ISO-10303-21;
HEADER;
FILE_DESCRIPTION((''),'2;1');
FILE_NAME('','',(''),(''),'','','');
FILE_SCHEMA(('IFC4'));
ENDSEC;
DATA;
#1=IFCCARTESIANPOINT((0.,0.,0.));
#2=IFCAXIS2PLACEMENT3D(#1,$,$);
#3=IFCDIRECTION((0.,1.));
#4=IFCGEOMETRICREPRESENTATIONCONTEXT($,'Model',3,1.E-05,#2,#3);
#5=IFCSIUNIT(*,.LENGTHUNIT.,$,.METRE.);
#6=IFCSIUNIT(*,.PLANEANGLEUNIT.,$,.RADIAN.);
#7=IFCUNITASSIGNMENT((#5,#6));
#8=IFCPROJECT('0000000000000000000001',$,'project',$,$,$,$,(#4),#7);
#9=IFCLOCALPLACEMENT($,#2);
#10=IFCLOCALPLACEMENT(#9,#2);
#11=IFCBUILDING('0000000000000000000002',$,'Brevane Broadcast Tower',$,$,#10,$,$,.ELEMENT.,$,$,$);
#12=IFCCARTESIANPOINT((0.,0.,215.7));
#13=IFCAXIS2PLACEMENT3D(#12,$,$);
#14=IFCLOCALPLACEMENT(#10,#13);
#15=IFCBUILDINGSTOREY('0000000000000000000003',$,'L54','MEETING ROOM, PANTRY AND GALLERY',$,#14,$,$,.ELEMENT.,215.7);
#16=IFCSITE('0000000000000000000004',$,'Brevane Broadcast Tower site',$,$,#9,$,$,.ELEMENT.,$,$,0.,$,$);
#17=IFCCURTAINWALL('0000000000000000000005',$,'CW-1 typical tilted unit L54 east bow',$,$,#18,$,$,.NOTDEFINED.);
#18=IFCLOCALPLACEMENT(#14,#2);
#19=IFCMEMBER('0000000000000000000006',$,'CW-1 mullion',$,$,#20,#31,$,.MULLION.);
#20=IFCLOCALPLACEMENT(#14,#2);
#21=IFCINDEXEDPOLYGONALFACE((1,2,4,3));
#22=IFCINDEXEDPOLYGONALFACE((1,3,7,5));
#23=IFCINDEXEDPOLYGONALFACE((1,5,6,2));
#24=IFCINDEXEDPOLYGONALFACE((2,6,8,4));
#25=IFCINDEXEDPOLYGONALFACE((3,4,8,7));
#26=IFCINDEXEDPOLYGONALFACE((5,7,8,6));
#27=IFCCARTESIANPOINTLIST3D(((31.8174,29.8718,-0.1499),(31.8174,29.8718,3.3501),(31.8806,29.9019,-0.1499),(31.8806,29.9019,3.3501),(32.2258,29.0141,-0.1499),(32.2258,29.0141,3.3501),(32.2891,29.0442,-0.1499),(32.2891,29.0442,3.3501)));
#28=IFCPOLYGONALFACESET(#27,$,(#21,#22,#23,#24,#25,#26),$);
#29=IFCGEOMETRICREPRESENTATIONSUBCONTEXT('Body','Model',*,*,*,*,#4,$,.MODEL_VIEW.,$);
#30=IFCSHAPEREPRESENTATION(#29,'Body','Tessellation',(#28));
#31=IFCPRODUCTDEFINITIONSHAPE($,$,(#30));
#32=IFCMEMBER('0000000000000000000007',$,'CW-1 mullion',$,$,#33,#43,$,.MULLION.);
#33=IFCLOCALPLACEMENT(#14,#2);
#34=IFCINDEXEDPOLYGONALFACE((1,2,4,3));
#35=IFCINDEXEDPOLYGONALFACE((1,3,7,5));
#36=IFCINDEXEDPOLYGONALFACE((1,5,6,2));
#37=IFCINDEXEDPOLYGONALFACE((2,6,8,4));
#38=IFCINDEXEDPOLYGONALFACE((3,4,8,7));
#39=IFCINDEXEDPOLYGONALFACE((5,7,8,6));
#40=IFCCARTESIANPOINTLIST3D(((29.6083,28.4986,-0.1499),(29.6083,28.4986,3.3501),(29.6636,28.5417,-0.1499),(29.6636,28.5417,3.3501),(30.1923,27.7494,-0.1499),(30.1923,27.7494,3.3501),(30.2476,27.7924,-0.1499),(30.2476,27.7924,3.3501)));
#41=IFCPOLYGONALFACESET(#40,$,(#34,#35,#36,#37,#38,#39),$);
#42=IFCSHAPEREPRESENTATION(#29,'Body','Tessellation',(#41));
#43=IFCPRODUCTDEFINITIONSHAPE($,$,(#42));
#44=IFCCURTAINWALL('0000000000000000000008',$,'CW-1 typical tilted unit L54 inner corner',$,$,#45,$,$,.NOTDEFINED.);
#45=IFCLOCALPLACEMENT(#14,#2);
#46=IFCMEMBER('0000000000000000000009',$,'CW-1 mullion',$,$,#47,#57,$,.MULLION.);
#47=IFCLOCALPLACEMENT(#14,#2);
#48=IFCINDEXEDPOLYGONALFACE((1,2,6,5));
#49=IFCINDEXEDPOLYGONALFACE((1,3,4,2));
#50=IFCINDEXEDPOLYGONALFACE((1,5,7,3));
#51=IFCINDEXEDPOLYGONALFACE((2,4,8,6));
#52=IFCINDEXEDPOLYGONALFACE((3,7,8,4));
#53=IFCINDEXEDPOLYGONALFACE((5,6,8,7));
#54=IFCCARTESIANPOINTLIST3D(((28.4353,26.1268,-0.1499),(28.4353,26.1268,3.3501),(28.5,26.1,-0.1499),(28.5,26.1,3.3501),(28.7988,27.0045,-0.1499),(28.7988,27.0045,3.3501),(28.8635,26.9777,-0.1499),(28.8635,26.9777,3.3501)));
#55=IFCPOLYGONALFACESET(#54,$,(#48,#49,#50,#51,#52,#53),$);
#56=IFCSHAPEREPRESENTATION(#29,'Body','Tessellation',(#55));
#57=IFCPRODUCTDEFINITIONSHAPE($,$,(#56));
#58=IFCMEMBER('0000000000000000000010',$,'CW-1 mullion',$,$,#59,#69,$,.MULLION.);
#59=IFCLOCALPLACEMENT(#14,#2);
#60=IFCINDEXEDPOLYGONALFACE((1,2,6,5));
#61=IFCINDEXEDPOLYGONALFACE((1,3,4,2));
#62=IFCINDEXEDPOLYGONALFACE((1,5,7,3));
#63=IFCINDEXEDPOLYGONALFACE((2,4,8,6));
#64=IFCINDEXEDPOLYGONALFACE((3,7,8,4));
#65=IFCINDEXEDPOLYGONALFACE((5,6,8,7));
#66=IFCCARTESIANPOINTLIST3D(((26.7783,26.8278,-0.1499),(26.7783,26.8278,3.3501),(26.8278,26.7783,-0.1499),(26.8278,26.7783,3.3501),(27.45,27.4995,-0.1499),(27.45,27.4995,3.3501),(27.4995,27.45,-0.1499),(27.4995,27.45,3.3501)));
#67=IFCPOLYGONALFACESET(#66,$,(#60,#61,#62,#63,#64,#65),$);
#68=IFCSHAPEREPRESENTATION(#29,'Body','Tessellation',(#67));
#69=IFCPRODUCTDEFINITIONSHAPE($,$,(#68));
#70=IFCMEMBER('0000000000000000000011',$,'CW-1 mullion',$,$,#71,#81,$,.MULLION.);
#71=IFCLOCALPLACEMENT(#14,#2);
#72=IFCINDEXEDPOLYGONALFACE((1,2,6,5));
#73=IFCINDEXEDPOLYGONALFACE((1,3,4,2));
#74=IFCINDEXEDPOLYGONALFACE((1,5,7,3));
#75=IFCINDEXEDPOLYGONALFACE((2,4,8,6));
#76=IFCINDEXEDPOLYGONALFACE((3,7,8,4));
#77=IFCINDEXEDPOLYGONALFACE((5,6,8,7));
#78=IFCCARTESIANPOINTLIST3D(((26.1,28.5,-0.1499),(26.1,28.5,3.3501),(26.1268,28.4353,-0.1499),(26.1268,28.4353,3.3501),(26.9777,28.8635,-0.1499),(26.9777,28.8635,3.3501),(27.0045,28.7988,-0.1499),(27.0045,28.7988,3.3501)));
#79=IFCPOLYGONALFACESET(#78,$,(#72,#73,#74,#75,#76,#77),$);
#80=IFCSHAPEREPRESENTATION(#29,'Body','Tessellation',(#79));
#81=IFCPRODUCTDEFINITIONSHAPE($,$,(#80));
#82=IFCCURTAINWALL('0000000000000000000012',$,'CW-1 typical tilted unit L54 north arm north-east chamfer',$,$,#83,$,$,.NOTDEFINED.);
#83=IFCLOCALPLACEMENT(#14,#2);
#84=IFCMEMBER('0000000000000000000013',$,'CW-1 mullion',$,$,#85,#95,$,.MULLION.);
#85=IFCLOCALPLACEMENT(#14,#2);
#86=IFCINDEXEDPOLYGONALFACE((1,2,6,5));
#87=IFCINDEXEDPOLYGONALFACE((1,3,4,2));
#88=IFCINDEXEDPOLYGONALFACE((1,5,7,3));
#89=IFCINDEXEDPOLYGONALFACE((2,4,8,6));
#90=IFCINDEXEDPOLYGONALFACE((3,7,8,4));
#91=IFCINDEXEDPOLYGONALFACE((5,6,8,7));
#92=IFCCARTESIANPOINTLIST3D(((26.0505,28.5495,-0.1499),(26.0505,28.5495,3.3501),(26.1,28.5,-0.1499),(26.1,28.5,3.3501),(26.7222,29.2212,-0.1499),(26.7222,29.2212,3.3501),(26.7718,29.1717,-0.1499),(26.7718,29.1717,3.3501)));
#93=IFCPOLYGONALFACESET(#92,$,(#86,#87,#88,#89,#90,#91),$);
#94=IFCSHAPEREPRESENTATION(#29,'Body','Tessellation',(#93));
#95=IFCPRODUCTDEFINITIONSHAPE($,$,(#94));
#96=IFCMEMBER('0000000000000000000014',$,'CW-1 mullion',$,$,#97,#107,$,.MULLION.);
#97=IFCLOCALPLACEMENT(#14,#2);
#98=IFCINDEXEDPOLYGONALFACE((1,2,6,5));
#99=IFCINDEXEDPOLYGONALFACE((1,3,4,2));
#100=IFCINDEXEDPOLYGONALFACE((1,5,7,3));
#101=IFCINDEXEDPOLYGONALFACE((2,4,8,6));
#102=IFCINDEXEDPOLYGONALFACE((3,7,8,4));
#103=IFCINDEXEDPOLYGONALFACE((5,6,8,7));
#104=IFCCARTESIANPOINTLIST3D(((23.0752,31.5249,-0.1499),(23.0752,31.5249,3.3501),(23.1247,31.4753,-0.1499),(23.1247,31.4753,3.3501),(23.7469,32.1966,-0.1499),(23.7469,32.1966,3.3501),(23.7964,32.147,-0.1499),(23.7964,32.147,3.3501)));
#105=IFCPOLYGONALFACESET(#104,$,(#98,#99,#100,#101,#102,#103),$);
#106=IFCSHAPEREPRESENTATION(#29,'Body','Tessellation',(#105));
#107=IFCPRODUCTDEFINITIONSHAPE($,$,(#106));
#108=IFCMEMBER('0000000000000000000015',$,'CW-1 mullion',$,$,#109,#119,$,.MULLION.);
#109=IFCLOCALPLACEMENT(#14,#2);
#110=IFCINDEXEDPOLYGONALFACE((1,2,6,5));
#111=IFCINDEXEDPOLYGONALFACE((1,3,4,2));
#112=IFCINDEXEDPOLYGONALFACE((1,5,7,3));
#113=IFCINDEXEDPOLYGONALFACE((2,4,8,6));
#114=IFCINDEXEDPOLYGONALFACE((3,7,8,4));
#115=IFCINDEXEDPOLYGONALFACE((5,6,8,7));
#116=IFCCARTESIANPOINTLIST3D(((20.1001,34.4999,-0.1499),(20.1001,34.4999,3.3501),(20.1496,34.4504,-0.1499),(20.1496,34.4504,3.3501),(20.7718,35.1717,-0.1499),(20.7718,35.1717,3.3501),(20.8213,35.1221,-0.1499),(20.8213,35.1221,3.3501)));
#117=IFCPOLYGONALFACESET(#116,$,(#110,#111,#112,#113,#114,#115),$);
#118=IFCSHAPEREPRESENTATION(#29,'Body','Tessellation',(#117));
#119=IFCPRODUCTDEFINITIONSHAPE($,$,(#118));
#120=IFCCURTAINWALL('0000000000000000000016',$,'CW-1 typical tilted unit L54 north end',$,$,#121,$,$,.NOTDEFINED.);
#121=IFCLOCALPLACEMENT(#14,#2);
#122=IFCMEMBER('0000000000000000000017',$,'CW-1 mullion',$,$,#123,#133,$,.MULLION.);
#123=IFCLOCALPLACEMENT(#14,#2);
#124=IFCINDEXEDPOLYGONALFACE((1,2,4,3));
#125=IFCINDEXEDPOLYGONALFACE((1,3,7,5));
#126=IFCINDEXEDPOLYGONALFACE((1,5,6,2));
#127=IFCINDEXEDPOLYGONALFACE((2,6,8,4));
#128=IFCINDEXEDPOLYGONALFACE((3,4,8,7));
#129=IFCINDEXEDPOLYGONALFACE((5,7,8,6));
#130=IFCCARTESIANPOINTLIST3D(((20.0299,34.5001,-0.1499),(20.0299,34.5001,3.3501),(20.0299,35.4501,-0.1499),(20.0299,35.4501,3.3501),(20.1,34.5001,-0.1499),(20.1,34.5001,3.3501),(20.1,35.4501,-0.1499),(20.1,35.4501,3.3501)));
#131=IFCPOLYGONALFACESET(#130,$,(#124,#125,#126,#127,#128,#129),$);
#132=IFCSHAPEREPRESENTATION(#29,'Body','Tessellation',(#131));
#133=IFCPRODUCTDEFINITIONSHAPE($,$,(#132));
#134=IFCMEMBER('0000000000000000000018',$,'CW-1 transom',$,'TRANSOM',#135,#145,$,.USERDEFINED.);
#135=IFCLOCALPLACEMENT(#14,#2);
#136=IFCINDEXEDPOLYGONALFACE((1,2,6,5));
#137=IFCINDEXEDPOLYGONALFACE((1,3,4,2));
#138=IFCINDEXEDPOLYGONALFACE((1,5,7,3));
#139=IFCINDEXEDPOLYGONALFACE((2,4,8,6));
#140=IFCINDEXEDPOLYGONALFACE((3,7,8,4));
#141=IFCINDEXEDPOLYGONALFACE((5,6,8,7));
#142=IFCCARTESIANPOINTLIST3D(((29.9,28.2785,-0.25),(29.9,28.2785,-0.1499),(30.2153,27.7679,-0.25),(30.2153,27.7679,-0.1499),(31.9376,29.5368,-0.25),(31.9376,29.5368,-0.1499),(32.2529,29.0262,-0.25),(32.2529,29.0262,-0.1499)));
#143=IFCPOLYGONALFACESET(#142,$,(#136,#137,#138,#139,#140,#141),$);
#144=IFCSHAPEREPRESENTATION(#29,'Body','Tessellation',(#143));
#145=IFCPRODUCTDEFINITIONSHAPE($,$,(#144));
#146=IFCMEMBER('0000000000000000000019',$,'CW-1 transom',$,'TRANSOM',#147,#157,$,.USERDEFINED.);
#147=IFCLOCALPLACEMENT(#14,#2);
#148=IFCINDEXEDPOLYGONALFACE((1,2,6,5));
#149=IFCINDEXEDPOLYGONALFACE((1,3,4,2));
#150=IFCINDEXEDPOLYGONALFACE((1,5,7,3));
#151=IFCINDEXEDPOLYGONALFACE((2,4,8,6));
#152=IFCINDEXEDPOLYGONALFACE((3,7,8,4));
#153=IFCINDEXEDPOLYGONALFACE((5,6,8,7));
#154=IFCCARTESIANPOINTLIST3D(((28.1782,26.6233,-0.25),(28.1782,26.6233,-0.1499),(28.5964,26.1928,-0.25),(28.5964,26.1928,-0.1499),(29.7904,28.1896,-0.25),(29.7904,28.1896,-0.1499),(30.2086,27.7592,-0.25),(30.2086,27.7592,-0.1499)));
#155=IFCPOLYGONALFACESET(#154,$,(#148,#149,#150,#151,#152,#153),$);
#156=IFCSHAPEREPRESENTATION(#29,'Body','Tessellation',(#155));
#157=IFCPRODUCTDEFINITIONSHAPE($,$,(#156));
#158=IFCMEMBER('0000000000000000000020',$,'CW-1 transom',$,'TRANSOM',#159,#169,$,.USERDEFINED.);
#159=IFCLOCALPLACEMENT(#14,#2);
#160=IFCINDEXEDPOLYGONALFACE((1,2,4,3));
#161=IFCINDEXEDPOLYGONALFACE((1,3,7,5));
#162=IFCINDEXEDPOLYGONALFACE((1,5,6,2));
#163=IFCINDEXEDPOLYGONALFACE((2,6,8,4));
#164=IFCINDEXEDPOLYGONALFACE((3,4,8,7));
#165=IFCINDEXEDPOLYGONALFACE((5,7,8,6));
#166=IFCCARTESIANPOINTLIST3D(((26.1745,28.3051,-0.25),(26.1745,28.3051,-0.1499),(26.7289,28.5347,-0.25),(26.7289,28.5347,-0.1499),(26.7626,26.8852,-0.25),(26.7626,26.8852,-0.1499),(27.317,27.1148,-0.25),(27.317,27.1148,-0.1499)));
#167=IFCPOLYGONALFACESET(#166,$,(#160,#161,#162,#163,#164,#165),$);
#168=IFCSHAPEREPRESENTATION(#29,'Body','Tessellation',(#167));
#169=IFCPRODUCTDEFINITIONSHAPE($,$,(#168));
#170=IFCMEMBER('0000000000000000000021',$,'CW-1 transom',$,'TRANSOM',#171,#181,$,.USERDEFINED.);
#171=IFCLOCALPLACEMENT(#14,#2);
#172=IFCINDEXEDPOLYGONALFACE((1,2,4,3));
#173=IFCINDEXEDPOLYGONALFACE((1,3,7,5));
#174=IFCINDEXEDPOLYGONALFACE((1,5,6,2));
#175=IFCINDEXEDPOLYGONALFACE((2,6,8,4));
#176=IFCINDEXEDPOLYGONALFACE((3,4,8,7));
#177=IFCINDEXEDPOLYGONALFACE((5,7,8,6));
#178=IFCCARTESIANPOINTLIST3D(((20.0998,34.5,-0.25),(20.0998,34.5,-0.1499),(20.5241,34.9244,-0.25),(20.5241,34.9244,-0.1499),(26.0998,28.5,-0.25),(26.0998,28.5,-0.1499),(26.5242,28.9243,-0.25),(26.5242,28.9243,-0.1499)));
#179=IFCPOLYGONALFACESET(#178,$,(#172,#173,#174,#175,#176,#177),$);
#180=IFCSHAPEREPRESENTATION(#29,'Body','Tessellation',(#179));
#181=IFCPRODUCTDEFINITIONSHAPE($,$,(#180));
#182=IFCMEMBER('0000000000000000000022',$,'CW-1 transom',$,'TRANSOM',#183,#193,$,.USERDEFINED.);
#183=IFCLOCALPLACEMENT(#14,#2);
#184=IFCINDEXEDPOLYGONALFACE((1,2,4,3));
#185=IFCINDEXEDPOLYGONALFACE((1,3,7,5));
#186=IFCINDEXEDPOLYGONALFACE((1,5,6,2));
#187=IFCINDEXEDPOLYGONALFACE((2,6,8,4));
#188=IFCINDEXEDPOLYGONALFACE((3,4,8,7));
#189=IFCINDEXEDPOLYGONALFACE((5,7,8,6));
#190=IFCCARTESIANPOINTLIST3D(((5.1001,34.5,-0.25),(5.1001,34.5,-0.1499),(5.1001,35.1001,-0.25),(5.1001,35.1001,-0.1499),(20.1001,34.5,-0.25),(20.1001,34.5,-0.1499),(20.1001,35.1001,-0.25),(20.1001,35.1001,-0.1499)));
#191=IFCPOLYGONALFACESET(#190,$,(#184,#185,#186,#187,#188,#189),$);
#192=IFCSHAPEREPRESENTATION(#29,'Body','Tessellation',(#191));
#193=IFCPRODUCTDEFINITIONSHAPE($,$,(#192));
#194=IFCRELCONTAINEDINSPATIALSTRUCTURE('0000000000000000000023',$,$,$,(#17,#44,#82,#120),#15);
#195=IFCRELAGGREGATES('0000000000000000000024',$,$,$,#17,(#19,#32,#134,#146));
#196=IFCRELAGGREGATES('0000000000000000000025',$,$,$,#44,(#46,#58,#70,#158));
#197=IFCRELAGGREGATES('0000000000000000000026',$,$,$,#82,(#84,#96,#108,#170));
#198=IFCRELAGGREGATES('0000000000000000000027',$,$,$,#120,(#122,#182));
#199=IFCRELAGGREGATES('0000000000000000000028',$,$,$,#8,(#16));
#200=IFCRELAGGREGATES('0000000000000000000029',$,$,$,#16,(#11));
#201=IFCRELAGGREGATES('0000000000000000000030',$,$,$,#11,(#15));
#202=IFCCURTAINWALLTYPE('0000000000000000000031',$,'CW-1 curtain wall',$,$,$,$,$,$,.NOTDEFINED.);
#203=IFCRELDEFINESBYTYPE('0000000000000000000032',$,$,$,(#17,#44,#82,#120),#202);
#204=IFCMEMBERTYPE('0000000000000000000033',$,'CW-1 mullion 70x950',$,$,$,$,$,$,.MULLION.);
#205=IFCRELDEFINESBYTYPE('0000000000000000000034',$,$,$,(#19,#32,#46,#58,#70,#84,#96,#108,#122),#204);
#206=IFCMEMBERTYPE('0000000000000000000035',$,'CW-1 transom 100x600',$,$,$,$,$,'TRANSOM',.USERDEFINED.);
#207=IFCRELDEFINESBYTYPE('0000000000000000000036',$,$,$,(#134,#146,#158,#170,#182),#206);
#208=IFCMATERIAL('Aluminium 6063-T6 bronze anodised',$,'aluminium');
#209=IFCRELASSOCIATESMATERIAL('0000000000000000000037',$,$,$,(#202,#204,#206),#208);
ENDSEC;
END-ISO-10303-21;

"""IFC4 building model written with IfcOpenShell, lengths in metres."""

from ifc_helpers import new_model, si_unit, direction, frame, origin, origin_2d, place, context, subcontext, project, spatial, rectangle, extrude, material, material_profile, profile_set, type_object, element, aggregate, save


model = new_model("IFC4")

# Units and contexts
model_context = context("Model", 3, precision=1e-05, world=origin(), true_north=direction((0.0, 1.0)))
body_context = subcontext(model_context, "Body", "Model", "MODEL_VIEW")
ifc_project = project(units=[si_unit("LENGTHUNIT", "METRE"), si_unit("PLANEANGLEUNIT", "RADIAN")], contexts=[model_context])

# Site, building, storey
site_placement = place(None, origin())
site = spatial("IfcSite", under=ifc_project, at=site_placement, Name="Brevane Broadcast Tower site", CompositionType="ELEMENT", RefElevation=0.0)
building_placement = place(site_placement, origin())
building = spatial("IfcBuilding", under=site, at=building_placement, Name="Brevane Broadcast Tower", CompositionType="ELEMENT")
storey_placement = place(building_placement, frame((0.0, 0.0, 215.7)))
storey = spatial("IfcBuildingStorey", under=building, at=storey_placement, Name="L54", Description="MEETING ROOM, PANTRY AND GALLERY", CompositionType="ELEMENT", Elevation=215.7)

# Curtain walls, members
ifc_material_1 = material(Name="Aluminium 6063-T6 bronze anodised", Category="aluminium")
curtain_wall_type = type_object("IfcCurtainWallType", Name="CW-1 curtain wall", PredefinedType="NOTDEFINED", material=ifc_material_1)
curtain_wall_1_placement = place(storey_placement, origin())
curtain_wall_1 = element("IfcCurtainWall", 1, at=curtain_wall_1_placement, inside=storey, type_object=curtain_wall_type, Name="CW-1 typical tilted unit L54 east bow", PredefinedType="NOTDEFINED")
ifc_material_profile_1 = material_profile(ifc_material_1, rectangle(XDim=0.95, YDim=0.0701, at=origin_2d()), Name="RECT 70x950")
ifc_profile_set_1 = profile_set([ifc_material_profile_1], Name="Aluminium 6063-T6 bronze anodised")
member_type_1 = type_object("IfcMemberType", Name="CW-1 mullion 70x950", PredefinedType="MULLION", material=ifc_profile_set_1)
member_1_placement = place(storey_placement, frame((32.0532, 29.458, -0.1499), z_axis=(0.0, 0.0, 1.0), x_axis=(0.429934, -0.902861, 0.0)))
member_1 = element("IfcMember", 2, at=member_1_placement, type_object=member_type_1, Name="CW-1 mullion", PredefinedType="MULLION", context=body_context, shape_type="SweptSolid", body=[
    extrude(rectangle(XDim=0.95, YDim=0.0701, at=origin_2d()), origin(), (0.0, 0.0, 1.0), 3.5),
])
member_2_placement = place(storey_placement, frame((29.928, 28.1455, -0.1499), z_axis=(0.0, 0.0, 1.0), x_axis=(0.61477, -0.788707, 0.0)))
member_2 = element("IfcMember", 3, at=member_2_placement, type_object=member_type_1, Name="CW-1 mullion", PredefinedType="MULLION", context=body_context, shape_type="SweptSolid", body=[
    extrude(rectangle(XDim=0.95, YDim=0.0701, at=origin_2d()), origin(), (0.0, 0.0, 1.0), 3.5),
])
curtain_wall_2_placement = place(storey_placement, origin())
curtain_wall_2 = element("IfcCurtainWall", 4, at=curtain_wall_2_placement, inside=storey, type_object=curtain_wall_type, Name="CW-1 typical tilted unit L54 inner corner", PredefinedType="NOTDEFINED")
member_3_placement = place(storey_placement, frame((28.6494, 26.5522, -0.1499), z_axis=(0.0, 0.0, 1.0), x_axis=(-0.382683, -0.92388, 0.0)))
member_3 = element("IfcMember", 5, at=member_3_placement, type_object=member_type_1, Name="CW-1 mullion", PredefinedType="MULLION", context=body_context, shape_type="SweptSolid", body=[
    extrude(rectangle(XDim=0.95, YDim=0.0701, at=origin_2d()), origin(), (0.0, 0.0, 1.0), 3.5),
])
member_4_placement = place(storey_placement, frame((27.1389, 27.1389, -0.1499), z_axis=(0.0, 0.0, 1.0), x_axis=(-0.707107, -0.707107, 0.0)))
member_4 = element("IfcMember", 6, at=member_4_placement, type_object=member_type_1, Name="CW-1 mullion", PredefinedType="MULLION", context=body_context, shape_type="SweptSolid", body=[
    extrude(rectangle(XDim=0.95, YDim=0.0701, at=origin_2d()), origin(), (0.0, 0.0, 1.0), 3.5),
])
member_5_placement = place(storey_placement, frame((26.5522, 28.6494, -0.1499), z_axis=(0.0, 0.0, 1.0), x_axis=(-0.92388, -0.382683, 0.0)))
member_5 = element("IfcMember", 7, at=member_5_placement, type_object=member_type_1, Name="CW-1 mullion", PredefinedType="MULLION", context=body_context, shape_type="SweptSolid", body=[
    extrude(rectangle(XDim=0.95, YDim=0.0701, at=origin_2d()), origin(), (0.0, 0.0, 1.0), 3.5),
])
curtain_wall_3_placement = place(storey_placement, origin())
curtain_wall_3 = element("IfcCurtainWall", 8, at=curtain_wall_3_placement, inside=storey, type_object=curtain_wall_type, Name="CW-1 typical tilted unit L54 north arm north-east chamfer", PredefinedType="NOTDEFINED")
member_6_placement = place(storey_placement, frame((26.4111, 28.8606, -0.1499), z_axis=(0.0, 0.0, 1.0), x_axis=(-0.707107, -0.707107, 0.0)))
member_6 = element("IfcMember", 9, at=member_6_placement, type_object=member_type_1, Name="CW-1 mullion", PredefinedType="MULLION", context=body_context, shape_type="SweptSolid", body=[
    extrude(rectangle(XDim=0.95, YDim=0.0701, at=origin_2d()), origin(), (0.0, 0.0, 1.0), 3.5),
])
member_7_placement = place(storey_placement, frame((23.4358, 31.8359, -0.1499), z_axis=(0.0, 0.0, 1.0), x_axis=(-0.707107, -0.707107, 0.0)))
member_7 = element("IfcMember", 10, at=member_7_placement, type_object=member_type_1, Name="CW-1 mullion", PredefinedType="MULLION", context=body_context, shape_type="SweptSolid", body=[
    extrude(rectangle(XDim=0.95, YDim=0.0701, at=origin_2d()), origin(), (0.0, 0.0, 1.0), 3.5),
])
member_8_placement = place(storey_placement, frame((20.4607, 34.811, -0.1499), z_axis=(0.0, 0.0, 1.0), x_axis=(-0.707107, -0.707107, 0.0)))
member_8 = element("IfcMember", 11, at=member_8_placement, type_object=member_type_1, Name="CW-1 mullion", PredefinedType="MULLION", context=body_context, shape_type="SweptSolid", body=[
    extrude(rectangle(XDim=0.95, YDim=0.0701, at=origin_2d()), origin(), (0.0, 0.0, 1.0), 3.5),
])

# Curtain wall, member
curtain_wall_4_placement = place(storey_placement, origin())
curtain_wall_4 = element("IfcCurtainWall", 12, at=curtain_wall_4_placement, inside=storey, type_object=curtain_wall_type, Name="CW-1 typical tilted unit L54 north end", PredefinedType="NOTDEFINED")
member_9_placement = place(storey_placement, frame((20.0649, 34.9751, -0.1499), z_axis=(0.0, 0.0, 1.0), x_axis=(0.0, -1.0, 0.0)))
member_9 = element("IfcMember", 13, at=member_9_placement, type_object=member_type_1, Name="CW-1 mullion", PredefinedType="MULLION", context=body_context, shape_type="SweptSolid", body=[
    extrude(rectangle(XDim=0.95, YDim=0.0701, at=origin_2d()), origin(), (0.0, 0.0, 1.0), 3.5),
])

# Members
ifc_material_profile_2 = material_profile(ifc_material_1, rectangle(XDim=0.6001, YDim=0.1001, at=origin_2d()), Name="RECT 100x600")
ifc_profile_set_2 = profile_set([ifc_material_profile_2], Name="Aluminium 6063-T6 bronze anodised")
member_type_2 = type_object("IfcMemberType", Name="CW-1 transom 100x600", ElementType="TRANSOM", PredefinedType="USERDEFINED", material=ifc_profile_set_2)
member_10_placement = place(storey_placement, frame((32.0952, 29.2815, -0.2), z_axis=(-0.850838, -0.525428, 0.0), x_axis=(0.525428, -0.850838, 0.0)))
member_10 = element("IfcMember", 14, at=member_10_placement, type_object=member_type_2, Name="CW-1 transom", ObjectType="TRANSOM", PredefinedType="USERDEFINED", context=body_context, shape_type="SweptSolid", body=[
    extrude(rectangle(XDim=0.6001, YDim=0.1001, at=origin_2d()), origin(), (0.0, 0.0, 1.0), 2.3948),
])
member_11_placement = place(storey_placement, frame((29.9995, 27.9744, -0.2), z_axis=(-0.717242, -0.696824, 0.0), x_axis=(0.696824, -0.717242, 0.0)))
member_11 = element("IfcMember", 15, at=member_11_placement, type_object=member_type_2, Name="CW-1 transom", ObjectType="TRANSOM", PredefinedType="USERDEFINED", context=body_context, shape_type="SweptSolid", body=[
    extrude(rectangle(XDim=0.6001, YDim=0.1001, at=origin_2d()), origin(), (0.0, 0.0, 1.0), 2.2478),
])
aggregate(curtain_wall_1, [member_1, member_2, member_10, member_11])
member_12_placement = place(storey_placement, frame((27.0398, 27.0, -0.2), z_axis=(-0.382674, 0.923883, 0.0), x_axis=(-0.923883, -0.382674, 0.0)))
member_12 = element("IfcMember", 16, at=member_12_placement, type_object=member_type_2, Name="CW-1 transom", ObjectType="TRANSOM", PredefinedType="USERDEFINED", context=body_context, shape_type="SweptSolid", body=[
    extrude(rectangle(XDim=0.6001, YDim=0.1001, at=origin_2d()), origin(), (0.0, 0.0, 1.0), 1.5369),
])
aggregate(curtain_wall_2, [member_3, member_4, member_5, member_12])
member_13_placement = place(storey_placement, frame((26.312, 28.7122, -0.2), z_axis=(-0.707107, 0.707107, 0.0), x_axis=(-0.707107, -0.707107, 0.0)))
member_13 = element("IfcMember", 17, at=member_13_placement, type_object=member_type_2, Name="CW-1 transom", ObjectType="TRANSOM", PredefinedType="USERDEFINED", context=body_context, shape_type="SweptSolid", body=[
    extrude(rectangle(XDim=0.6001, YDim=0.1001, at=origin_2d()), origin(), (0.0, 0.0, 1.0), 8.4854),
])
aggregate(curtain_wall_3, [member_6, member_7, member_8, member_13])
member_14_placement = place(storey_placement, frame((20.1001, 34.8, -0.2), z_axis=(-1.0, 0.0, 0.0), x_axis=(0.0, -1.0, 0.0)))
member_14 = element("IfcMember", 18, at=member_14_placement, type_object=member_type_2, Name="CW-1 transom", ObjectType="TRANSOM", PredefinedType="USERDEFINED", context=body_context, shape_type="SweptSolid", body=[
    extrude(rectangle(XDim=0.6001, YDim=0.1001, at=origin_2d()), origin(), (0.0, 0.0, 1.0), 15.0),
])
aggregate(curtain_wall_4, [member_9, member_14])

save(model, "model.ifc")
